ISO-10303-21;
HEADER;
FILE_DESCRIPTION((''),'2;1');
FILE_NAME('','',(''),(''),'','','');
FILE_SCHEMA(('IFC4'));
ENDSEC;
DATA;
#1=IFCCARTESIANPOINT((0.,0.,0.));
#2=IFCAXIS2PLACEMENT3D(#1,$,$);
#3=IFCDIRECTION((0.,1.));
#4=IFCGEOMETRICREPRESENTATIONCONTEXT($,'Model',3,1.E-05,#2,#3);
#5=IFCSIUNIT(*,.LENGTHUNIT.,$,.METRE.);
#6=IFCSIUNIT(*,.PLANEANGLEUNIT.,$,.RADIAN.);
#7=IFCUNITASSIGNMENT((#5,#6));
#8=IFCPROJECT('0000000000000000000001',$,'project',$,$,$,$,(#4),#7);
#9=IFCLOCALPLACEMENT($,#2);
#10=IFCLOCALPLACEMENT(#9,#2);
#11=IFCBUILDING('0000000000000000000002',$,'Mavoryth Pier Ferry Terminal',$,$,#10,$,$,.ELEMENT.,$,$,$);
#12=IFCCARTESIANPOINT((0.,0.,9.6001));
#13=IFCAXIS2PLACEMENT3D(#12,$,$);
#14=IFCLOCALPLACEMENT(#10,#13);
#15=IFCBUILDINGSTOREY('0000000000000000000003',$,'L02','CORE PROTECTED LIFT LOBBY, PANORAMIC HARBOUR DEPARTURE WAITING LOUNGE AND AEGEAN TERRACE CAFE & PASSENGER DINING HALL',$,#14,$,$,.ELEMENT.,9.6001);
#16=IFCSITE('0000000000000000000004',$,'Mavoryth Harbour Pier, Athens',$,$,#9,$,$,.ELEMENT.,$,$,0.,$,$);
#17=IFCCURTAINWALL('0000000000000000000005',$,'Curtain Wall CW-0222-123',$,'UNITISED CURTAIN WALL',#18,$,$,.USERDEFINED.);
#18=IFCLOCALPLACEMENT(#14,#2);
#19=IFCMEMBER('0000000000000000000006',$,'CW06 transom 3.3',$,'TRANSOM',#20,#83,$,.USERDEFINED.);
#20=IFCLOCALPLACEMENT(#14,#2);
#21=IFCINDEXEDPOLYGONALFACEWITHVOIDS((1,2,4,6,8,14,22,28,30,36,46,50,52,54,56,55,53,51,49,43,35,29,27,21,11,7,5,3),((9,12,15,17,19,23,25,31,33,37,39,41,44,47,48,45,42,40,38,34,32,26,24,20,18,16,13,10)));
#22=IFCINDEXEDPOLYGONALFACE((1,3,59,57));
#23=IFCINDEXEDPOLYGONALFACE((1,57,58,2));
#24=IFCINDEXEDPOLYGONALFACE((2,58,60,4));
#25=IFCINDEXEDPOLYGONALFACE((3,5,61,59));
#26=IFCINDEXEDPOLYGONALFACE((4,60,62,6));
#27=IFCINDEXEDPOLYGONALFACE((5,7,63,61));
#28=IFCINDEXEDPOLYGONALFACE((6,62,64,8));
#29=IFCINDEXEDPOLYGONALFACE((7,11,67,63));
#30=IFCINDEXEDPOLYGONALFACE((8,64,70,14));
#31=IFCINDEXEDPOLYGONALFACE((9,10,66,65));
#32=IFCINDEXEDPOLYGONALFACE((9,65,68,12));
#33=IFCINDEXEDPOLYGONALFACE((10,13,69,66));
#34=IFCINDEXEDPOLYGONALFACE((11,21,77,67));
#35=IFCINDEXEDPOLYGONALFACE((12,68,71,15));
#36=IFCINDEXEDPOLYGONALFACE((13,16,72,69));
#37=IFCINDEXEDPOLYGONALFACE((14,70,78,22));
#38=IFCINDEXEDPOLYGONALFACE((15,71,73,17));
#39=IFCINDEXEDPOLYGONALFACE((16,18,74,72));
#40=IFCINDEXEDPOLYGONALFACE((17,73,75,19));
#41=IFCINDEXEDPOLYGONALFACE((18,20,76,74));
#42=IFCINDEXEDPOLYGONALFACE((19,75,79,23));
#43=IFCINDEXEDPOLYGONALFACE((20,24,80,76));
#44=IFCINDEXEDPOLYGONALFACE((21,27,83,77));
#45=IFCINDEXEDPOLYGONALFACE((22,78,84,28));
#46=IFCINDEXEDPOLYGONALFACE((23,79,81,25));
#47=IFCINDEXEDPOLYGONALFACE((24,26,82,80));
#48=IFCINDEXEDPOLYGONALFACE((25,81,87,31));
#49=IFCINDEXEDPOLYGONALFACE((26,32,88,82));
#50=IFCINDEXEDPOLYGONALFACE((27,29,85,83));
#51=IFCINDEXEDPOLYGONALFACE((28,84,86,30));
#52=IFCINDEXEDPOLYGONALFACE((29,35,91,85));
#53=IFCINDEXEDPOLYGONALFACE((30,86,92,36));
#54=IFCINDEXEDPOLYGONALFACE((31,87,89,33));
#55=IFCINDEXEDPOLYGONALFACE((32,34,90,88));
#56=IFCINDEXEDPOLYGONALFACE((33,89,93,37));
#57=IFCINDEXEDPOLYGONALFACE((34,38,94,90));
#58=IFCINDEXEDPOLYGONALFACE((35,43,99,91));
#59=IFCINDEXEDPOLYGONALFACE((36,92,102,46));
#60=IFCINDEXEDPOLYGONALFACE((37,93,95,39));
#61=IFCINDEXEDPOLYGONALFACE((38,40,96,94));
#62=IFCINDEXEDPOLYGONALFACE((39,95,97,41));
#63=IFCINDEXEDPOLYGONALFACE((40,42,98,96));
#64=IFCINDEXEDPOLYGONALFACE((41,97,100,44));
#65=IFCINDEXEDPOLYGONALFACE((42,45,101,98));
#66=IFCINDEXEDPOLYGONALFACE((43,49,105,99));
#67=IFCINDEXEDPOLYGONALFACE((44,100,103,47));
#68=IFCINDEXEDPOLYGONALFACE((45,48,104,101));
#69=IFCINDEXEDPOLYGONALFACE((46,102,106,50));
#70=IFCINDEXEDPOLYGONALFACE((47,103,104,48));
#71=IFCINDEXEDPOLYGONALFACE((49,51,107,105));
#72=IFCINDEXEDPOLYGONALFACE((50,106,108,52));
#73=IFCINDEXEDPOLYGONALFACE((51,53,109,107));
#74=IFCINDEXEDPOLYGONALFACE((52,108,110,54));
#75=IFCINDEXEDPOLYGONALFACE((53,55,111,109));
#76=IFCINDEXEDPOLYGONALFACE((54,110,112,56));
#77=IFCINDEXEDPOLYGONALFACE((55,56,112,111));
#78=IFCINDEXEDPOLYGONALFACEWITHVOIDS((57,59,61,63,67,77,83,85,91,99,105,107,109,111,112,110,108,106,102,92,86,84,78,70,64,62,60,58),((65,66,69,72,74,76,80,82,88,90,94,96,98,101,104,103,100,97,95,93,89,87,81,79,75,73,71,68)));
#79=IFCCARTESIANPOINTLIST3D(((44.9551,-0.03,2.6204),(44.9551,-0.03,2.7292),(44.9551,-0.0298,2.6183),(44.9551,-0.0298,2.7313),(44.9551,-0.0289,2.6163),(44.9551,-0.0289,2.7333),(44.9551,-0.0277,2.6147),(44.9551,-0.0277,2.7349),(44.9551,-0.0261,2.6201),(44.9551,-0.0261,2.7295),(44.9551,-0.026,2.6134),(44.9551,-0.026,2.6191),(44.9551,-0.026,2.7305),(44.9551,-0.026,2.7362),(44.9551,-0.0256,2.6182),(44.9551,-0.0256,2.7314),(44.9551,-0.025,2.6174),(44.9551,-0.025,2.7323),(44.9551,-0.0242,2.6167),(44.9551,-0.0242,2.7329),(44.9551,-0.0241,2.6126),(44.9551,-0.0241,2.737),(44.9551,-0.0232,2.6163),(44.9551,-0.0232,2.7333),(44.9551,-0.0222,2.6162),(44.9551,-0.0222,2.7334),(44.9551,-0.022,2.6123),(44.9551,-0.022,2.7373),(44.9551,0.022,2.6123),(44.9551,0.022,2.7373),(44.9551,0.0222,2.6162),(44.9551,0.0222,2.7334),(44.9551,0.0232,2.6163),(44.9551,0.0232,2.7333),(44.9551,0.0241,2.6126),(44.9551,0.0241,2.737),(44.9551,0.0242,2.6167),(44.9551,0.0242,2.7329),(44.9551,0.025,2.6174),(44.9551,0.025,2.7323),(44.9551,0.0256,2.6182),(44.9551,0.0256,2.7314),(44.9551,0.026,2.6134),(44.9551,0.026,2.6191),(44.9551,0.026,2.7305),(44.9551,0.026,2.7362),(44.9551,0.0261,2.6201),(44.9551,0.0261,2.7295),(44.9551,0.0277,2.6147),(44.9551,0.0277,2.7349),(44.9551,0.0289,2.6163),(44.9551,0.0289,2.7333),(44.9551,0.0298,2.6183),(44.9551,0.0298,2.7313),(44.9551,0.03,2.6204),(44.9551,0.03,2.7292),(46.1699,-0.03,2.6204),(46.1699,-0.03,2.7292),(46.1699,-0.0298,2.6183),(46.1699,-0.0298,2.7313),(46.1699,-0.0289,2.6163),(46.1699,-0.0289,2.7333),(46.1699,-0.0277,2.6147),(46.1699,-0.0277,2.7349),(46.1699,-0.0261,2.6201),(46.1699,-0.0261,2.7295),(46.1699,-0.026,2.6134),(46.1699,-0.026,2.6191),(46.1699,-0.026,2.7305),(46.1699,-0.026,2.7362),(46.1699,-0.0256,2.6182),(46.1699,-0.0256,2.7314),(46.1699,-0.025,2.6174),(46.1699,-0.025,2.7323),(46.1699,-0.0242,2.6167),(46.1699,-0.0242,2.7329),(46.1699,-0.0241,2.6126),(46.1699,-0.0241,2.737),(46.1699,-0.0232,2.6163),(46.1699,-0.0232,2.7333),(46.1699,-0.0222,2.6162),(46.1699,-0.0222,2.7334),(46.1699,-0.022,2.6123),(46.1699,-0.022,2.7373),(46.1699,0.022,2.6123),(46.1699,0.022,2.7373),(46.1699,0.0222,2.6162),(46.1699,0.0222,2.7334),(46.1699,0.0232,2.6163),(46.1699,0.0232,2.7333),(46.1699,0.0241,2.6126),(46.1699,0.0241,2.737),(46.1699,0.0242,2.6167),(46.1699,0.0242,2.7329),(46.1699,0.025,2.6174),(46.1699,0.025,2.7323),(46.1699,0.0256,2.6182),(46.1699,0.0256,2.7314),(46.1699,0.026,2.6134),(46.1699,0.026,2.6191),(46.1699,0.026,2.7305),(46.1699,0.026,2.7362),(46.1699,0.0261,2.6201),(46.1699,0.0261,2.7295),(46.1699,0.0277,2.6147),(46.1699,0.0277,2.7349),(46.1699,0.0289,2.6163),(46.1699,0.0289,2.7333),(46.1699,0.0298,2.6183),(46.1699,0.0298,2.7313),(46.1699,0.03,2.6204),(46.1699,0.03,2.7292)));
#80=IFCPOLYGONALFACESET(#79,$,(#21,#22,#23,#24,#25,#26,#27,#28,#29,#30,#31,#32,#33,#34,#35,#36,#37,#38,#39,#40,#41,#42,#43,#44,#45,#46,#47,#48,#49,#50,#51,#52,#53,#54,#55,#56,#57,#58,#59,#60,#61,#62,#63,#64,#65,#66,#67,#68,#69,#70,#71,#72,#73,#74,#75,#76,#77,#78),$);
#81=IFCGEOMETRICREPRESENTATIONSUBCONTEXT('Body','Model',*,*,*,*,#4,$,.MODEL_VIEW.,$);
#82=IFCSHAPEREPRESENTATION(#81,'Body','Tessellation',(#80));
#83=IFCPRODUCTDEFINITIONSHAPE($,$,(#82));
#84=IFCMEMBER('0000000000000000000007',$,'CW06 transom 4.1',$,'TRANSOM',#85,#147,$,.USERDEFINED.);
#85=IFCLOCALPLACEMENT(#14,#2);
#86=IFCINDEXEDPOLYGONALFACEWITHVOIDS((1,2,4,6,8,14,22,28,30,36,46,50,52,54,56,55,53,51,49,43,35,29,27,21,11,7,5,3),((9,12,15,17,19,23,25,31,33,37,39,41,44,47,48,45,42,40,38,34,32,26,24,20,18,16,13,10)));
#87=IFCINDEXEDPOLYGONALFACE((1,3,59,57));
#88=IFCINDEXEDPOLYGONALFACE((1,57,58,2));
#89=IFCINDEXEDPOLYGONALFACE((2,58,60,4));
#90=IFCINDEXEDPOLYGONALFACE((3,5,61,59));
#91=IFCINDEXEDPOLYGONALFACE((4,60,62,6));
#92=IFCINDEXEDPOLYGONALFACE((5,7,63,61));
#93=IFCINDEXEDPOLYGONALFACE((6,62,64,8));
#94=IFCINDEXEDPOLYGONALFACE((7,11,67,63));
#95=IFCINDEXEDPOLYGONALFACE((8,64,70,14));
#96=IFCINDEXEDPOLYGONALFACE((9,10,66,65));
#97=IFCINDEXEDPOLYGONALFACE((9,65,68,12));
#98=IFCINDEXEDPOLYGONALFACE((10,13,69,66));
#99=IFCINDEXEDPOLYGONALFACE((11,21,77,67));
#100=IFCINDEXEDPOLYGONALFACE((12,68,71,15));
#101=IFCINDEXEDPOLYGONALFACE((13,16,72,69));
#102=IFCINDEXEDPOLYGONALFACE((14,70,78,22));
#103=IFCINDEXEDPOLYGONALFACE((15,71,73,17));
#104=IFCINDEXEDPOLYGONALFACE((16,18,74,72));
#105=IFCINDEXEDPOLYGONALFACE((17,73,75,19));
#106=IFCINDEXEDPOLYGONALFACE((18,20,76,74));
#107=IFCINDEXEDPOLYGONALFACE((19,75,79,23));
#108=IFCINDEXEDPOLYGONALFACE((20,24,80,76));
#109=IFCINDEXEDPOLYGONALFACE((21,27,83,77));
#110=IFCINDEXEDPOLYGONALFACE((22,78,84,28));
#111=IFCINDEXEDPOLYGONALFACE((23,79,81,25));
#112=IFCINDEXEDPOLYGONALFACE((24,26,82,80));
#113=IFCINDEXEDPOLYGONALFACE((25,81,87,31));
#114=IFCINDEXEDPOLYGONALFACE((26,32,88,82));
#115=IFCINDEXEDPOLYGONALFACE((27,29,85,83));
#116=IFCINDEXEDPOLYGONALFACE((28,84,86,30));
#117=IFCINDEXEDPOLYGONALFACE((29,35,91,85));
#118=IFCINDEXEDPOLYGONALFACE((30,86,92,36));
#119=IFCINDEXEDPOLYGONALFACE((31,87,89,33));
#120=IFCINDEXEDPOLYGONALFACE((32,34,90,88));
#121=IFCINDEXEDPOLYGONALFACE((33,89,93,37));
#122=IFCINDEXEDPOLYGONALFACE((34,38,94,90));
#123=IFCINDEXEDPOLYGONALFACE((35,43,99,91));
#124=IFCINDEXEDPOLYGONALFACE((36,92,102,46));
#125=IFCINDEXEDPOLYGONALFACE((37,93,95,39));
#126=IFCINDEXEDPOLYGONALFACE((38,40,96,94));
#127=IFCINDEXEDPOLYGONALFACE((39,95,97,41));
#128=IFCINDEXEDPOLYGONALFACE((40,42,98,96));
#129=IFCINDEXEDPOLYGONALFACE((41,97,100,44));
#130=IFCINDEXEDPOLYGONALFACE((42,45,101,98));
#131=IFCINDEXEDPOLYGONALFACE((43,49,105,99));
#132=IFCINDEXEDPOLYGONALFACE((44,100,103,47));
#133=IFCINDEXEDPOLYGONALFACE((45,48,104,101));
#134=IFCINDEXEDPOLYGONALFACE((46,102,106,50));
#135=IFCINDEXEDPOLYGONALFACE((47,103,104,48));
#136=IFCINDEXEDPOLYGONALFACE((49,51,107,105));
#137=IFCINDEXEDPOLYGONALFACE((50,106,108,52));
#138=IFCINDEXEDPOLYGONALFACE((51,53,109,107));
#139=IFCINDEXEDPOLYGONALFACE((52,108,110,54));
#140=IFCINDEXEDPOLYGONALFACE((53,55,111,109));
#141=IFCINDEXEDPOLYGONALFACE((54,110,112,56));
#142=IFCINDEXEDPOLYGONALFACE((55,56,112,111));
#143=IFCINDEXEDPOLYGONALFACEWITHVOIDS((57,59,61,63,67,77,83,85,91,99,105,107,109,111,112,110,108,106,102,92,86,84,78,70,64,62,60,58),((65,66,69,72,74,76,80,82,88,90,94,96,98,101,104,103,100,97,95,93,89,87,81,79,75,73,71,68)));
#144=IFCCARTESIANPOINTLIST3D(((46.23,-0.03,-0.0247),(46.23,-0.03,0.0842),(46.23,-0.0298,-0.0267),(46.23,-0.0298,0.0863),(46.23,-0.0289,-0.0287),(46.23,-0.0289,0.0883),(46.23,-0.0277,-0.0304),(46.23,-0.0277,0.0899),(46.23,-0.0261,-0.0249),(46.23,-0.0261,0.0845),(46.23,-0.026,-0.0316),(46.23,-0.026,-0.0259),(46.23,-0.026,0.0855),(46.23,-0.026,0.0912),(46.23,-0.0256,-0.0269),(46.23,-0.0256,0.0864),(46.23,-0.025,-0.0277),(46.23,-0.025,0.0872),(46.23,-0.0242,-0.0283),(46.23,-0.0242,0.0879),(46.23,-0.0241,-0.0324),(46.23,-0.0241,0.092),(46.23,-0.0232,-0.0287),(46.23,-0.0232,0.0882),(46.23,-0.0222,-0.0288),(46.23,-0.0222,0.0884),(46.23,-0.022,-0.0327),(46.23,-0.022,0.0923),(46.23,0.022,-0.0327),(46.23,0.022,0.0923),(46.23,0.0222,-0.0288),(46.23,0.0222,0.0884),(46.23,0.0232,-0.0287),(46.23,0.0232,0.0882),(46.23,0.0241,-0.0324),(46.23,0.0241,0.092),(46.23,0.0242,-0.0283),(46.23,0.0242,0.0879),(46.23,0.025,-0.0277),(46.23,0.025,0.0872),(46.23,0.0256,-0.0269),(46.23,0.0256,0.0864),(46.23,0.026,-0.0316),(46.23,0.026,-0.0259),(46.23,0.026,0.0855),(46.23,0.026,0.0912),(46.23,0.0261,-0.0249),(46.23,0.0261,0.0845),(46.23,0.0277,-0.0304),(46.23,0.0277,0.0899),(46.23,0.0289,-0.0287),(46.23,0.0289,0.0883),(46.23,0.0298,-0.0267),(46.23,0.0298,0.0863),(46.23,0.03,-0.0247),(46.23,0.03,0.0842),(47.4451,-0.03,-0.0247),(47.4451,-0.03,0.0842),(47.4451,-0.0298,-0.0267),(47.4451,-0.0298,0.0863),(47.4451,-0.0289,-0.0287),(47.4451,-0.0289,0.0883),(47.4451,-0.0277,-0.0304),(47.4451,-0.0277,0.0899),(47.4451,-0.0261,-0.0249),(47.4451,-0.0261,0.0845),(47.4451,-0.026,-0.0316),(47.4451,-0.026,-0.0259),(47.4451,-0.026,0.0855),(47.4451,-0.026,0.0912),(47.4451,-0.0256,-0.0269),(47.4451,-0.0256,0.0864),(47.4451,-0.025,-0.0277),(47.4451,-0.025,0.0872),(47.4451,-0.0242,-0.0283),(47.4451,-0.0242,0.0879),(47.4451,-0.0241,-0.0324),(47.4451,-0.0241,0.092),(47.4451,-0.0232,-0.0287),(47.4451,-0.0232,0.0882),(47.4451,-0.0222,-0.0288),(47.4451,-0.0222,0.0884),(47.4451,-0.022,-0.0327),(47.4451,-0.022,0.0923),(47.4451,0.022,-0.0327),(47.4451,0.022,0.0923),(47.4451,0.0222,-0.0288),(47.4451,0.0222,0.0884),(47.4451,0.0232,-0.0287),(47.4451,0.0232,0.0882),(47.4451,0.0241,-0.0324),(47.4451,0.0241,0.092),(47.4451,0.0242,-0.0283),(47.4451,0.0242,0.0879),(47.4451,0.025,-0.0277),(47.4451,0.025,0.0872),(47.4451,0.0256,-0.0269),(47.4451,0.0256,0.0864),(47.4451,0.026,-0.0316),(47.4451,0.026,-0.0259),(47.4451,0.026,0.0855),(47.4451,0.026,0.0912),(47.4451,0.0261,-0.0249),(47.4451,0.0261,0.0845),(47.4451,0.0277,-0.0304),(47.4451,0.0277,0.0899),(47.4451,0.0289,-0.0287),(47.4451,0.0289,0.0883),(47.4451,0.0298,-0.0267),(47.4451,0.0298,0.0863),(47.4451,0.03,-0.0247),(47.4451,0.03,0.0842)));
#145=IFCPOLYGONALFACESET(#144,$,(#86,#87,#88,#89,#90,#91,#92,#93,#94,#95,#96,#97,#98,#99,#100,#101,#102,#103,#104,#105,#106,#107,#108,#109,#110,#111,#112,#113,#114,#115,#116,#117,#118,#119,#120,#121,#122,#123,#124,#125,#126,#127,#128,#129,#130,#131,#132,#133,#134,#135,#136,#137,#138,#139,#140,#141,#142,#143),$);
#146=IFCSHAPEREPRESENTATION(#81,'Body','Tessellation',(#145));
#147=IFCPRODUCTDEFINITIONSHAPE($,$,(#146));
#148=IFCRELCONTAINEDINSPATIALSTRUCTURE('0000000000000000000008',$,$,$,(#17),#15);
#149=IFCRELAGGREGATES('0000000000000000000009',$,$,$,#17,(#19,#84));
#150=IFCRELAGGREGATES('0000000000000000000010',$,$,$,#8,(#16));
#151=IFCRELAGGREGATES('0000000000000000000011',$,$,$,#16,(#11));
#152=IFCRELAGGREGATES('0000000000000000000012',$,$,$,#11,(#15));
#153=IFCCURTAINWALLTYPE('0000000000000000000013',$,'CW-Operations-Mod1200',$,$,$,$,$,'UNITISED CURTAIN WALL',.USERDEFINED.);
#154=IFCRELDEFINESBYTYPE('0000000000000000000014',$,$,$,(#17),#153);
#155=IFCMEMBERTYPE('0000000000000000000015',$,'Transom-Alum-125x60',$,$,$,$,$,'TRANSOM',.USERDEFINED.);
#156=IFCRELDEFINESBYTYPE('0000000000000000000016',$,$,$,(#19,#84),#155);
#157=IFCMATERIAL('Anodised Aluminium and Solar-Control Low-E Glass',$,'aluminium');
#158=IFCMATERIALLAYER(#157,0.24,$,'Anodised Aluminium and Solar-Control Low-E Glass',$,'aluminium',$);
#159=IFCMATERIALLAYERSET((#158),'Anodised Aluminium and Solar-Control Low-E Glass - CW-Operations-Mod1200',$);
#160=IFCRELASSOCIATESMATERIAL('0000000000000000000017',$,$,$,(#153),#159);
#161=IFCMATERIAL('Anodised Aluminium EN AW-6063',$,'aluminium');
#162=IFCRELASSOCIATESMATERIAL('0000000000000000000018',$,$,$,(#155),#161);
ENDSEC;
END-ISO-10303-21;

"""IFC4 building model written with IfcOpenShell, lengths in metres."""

from ifc_helpers import new_model, si_unit, direction, frame, origin, origin_2d, place, context, subcontext, project, spatial, hollow_rectangle, extrude, material, layer, layer_set, material_profile, profile_set, type_object, element, aggregate, save


model = new_model("IFC4")

# Units and contexts
model_context = context("Model", 3, precision=1e-05, world=origin(), true_north=direction((0.0, 1.0)))
body_context = subcontext(model_context, "Body", "Model", "MODEL_VIEW")
ifc_project = project(units=[si_unit("LENGTHUNIT", "METRE"), si_unit("PLANEANGLEUNIT", "RADIAN")], contexts=[model_context])

# Site, building, storey
site_placement = place(None, origin())
site = spatial("IfcSite", under=ifc_project, at=site_placement, Name="Mavoryth Harbour Pier, Athens", CompositionType="ELEMENT", RefElevation=0.0)
building_placement = place(site_placement, origin())
building = spatial("IfcBuilding", under=site, at=building_placement, Name="Mavoryth Pier Ferry Terminal", CompositionType="ELEMENT")
storey_placement = place(building_placement, frame((0.0, 0.0, 9.6001)))
storey = spatial("IfcBuildingStorey", under=building, at=storey_placement, Name="L02", Description="CORE PROTECTED LIFT LOBBY, PANORAMIC HARBOUR DEPARTURE WAITING LOUNGE AND AEGEAN TERRACE CAFE & PASSENGER DINING HALL", CompositionType="ELEMENT", Elevation=9.6001)

# Curtain wall
ifc_material_1 = material(Name="Anodised Aluminium and Solar-Control Low-E Glass", Category="aluminium")
ifc_layer_1 = layer(ifc_material_1, 0.24, Name="Anodised Aluminium and Solar-Control Low-E Glass", Category="aluminium")
ifc_layer_set_1 = layer_set([ifc_layer_1], Name="Anodised Aluminium and Solar-Control Low-E Glass - CW-Operations-Mod1200")
curtain_wall_type = type_object("IfcCurtainWallType", Name="CW-Operations-Mod1200", ElementType="UNITISED CURTAIN WALL", PredefinedType="USERDEFINED", material=ifc_layer_set_1)
curtain_wall_placement = place(storey_placement, origin())
curtain_wall = element("IfcCurtainWall", 1, at=curtain_wall_placement, inside=storey, type_object=curtain_wall_type, Name="Curtain Wall CW-0222-123", ObjectType="UNITISED CURTAIN WALL", PredefinedType="USERDEFINED")
ifc_material_2 = material(Name="Anodised Aluminium EN AW-6063", Category="aluminium")

# Members
ifc_material_profile_1 = material_profile(ifc_material_2, hollow_rectangle(XDim=0.0601, YDim=0.125, WallThickness=0.0039, InnerFilletRadius=0.0039, OuterFilletRadius=0.0081, at=origin_2d()), Name="AL-TRAN 125x60x4", Category="aluminium")
ifc_profile_set_1 = profile_set([ifc_material_profile_1], Name="Anodised Aluminium EN AW-6063 - AL-TRAN 125x60x4")
member_type_1 = type_object("IfcMemberType", Name="Transom-Alum-125x60", ElementType="TRANSOM", PredefinedType="USERDEFINED", material=ifc_profile_set_1)
member_1_placement = place(storey_placement, frame((44.9551, 0.0, 2.6748), z_axis=(1.0, 0.0, 0.0), x_axis=(0.0, 1.0, 0.0)))
member_1 = element("IfcMember", 2, at=member_1_placement, type_object=member_type_1, Name="CW06 transom 3.3", ObjectType="TRANSOM", PredefinedType="USERDEFINED", context=body_context, shape_type="SweptSolid", body=[
    extrude(hollow_rectangle(XDim=0.0601, YDim=0.125, WallThickness=0.0039, InnerFilletRadius=0.0039, OuterFilletRadius=0.0081, at=origin_2d()), origin(), (0.0, 0.0, 1.0), 1.2148),
])
member_2_placement = place(storey_placement, frame((46.23, 0.0, 0.0298), z_axis=(1.0, 0.0, 0.0), x_axis=(0.0, 1.0, 0.0)))
member_2 = element("IfcMember", 3, at=member_2_placement, type_object=member_type_1, Name="CW06 transom 4.1", ObjectType="TRANSOM", PredefinedType="USERDEFINED", context=body_context, shape_type="SweptSolid", body=[
    extrude(hollow_rectangle(XDim=0.0601, YDim=0.125, WallThickness=0.0039, InnerFilletRadius=0.0039, OuterFilletRadius=0.0081, at=origin_2d()), origin(), (0.0, 0.0, 1.0), 1.2151),
])

aggregate(curtain_wall, [member_1, member_2])

save(model, "model.ifc")
